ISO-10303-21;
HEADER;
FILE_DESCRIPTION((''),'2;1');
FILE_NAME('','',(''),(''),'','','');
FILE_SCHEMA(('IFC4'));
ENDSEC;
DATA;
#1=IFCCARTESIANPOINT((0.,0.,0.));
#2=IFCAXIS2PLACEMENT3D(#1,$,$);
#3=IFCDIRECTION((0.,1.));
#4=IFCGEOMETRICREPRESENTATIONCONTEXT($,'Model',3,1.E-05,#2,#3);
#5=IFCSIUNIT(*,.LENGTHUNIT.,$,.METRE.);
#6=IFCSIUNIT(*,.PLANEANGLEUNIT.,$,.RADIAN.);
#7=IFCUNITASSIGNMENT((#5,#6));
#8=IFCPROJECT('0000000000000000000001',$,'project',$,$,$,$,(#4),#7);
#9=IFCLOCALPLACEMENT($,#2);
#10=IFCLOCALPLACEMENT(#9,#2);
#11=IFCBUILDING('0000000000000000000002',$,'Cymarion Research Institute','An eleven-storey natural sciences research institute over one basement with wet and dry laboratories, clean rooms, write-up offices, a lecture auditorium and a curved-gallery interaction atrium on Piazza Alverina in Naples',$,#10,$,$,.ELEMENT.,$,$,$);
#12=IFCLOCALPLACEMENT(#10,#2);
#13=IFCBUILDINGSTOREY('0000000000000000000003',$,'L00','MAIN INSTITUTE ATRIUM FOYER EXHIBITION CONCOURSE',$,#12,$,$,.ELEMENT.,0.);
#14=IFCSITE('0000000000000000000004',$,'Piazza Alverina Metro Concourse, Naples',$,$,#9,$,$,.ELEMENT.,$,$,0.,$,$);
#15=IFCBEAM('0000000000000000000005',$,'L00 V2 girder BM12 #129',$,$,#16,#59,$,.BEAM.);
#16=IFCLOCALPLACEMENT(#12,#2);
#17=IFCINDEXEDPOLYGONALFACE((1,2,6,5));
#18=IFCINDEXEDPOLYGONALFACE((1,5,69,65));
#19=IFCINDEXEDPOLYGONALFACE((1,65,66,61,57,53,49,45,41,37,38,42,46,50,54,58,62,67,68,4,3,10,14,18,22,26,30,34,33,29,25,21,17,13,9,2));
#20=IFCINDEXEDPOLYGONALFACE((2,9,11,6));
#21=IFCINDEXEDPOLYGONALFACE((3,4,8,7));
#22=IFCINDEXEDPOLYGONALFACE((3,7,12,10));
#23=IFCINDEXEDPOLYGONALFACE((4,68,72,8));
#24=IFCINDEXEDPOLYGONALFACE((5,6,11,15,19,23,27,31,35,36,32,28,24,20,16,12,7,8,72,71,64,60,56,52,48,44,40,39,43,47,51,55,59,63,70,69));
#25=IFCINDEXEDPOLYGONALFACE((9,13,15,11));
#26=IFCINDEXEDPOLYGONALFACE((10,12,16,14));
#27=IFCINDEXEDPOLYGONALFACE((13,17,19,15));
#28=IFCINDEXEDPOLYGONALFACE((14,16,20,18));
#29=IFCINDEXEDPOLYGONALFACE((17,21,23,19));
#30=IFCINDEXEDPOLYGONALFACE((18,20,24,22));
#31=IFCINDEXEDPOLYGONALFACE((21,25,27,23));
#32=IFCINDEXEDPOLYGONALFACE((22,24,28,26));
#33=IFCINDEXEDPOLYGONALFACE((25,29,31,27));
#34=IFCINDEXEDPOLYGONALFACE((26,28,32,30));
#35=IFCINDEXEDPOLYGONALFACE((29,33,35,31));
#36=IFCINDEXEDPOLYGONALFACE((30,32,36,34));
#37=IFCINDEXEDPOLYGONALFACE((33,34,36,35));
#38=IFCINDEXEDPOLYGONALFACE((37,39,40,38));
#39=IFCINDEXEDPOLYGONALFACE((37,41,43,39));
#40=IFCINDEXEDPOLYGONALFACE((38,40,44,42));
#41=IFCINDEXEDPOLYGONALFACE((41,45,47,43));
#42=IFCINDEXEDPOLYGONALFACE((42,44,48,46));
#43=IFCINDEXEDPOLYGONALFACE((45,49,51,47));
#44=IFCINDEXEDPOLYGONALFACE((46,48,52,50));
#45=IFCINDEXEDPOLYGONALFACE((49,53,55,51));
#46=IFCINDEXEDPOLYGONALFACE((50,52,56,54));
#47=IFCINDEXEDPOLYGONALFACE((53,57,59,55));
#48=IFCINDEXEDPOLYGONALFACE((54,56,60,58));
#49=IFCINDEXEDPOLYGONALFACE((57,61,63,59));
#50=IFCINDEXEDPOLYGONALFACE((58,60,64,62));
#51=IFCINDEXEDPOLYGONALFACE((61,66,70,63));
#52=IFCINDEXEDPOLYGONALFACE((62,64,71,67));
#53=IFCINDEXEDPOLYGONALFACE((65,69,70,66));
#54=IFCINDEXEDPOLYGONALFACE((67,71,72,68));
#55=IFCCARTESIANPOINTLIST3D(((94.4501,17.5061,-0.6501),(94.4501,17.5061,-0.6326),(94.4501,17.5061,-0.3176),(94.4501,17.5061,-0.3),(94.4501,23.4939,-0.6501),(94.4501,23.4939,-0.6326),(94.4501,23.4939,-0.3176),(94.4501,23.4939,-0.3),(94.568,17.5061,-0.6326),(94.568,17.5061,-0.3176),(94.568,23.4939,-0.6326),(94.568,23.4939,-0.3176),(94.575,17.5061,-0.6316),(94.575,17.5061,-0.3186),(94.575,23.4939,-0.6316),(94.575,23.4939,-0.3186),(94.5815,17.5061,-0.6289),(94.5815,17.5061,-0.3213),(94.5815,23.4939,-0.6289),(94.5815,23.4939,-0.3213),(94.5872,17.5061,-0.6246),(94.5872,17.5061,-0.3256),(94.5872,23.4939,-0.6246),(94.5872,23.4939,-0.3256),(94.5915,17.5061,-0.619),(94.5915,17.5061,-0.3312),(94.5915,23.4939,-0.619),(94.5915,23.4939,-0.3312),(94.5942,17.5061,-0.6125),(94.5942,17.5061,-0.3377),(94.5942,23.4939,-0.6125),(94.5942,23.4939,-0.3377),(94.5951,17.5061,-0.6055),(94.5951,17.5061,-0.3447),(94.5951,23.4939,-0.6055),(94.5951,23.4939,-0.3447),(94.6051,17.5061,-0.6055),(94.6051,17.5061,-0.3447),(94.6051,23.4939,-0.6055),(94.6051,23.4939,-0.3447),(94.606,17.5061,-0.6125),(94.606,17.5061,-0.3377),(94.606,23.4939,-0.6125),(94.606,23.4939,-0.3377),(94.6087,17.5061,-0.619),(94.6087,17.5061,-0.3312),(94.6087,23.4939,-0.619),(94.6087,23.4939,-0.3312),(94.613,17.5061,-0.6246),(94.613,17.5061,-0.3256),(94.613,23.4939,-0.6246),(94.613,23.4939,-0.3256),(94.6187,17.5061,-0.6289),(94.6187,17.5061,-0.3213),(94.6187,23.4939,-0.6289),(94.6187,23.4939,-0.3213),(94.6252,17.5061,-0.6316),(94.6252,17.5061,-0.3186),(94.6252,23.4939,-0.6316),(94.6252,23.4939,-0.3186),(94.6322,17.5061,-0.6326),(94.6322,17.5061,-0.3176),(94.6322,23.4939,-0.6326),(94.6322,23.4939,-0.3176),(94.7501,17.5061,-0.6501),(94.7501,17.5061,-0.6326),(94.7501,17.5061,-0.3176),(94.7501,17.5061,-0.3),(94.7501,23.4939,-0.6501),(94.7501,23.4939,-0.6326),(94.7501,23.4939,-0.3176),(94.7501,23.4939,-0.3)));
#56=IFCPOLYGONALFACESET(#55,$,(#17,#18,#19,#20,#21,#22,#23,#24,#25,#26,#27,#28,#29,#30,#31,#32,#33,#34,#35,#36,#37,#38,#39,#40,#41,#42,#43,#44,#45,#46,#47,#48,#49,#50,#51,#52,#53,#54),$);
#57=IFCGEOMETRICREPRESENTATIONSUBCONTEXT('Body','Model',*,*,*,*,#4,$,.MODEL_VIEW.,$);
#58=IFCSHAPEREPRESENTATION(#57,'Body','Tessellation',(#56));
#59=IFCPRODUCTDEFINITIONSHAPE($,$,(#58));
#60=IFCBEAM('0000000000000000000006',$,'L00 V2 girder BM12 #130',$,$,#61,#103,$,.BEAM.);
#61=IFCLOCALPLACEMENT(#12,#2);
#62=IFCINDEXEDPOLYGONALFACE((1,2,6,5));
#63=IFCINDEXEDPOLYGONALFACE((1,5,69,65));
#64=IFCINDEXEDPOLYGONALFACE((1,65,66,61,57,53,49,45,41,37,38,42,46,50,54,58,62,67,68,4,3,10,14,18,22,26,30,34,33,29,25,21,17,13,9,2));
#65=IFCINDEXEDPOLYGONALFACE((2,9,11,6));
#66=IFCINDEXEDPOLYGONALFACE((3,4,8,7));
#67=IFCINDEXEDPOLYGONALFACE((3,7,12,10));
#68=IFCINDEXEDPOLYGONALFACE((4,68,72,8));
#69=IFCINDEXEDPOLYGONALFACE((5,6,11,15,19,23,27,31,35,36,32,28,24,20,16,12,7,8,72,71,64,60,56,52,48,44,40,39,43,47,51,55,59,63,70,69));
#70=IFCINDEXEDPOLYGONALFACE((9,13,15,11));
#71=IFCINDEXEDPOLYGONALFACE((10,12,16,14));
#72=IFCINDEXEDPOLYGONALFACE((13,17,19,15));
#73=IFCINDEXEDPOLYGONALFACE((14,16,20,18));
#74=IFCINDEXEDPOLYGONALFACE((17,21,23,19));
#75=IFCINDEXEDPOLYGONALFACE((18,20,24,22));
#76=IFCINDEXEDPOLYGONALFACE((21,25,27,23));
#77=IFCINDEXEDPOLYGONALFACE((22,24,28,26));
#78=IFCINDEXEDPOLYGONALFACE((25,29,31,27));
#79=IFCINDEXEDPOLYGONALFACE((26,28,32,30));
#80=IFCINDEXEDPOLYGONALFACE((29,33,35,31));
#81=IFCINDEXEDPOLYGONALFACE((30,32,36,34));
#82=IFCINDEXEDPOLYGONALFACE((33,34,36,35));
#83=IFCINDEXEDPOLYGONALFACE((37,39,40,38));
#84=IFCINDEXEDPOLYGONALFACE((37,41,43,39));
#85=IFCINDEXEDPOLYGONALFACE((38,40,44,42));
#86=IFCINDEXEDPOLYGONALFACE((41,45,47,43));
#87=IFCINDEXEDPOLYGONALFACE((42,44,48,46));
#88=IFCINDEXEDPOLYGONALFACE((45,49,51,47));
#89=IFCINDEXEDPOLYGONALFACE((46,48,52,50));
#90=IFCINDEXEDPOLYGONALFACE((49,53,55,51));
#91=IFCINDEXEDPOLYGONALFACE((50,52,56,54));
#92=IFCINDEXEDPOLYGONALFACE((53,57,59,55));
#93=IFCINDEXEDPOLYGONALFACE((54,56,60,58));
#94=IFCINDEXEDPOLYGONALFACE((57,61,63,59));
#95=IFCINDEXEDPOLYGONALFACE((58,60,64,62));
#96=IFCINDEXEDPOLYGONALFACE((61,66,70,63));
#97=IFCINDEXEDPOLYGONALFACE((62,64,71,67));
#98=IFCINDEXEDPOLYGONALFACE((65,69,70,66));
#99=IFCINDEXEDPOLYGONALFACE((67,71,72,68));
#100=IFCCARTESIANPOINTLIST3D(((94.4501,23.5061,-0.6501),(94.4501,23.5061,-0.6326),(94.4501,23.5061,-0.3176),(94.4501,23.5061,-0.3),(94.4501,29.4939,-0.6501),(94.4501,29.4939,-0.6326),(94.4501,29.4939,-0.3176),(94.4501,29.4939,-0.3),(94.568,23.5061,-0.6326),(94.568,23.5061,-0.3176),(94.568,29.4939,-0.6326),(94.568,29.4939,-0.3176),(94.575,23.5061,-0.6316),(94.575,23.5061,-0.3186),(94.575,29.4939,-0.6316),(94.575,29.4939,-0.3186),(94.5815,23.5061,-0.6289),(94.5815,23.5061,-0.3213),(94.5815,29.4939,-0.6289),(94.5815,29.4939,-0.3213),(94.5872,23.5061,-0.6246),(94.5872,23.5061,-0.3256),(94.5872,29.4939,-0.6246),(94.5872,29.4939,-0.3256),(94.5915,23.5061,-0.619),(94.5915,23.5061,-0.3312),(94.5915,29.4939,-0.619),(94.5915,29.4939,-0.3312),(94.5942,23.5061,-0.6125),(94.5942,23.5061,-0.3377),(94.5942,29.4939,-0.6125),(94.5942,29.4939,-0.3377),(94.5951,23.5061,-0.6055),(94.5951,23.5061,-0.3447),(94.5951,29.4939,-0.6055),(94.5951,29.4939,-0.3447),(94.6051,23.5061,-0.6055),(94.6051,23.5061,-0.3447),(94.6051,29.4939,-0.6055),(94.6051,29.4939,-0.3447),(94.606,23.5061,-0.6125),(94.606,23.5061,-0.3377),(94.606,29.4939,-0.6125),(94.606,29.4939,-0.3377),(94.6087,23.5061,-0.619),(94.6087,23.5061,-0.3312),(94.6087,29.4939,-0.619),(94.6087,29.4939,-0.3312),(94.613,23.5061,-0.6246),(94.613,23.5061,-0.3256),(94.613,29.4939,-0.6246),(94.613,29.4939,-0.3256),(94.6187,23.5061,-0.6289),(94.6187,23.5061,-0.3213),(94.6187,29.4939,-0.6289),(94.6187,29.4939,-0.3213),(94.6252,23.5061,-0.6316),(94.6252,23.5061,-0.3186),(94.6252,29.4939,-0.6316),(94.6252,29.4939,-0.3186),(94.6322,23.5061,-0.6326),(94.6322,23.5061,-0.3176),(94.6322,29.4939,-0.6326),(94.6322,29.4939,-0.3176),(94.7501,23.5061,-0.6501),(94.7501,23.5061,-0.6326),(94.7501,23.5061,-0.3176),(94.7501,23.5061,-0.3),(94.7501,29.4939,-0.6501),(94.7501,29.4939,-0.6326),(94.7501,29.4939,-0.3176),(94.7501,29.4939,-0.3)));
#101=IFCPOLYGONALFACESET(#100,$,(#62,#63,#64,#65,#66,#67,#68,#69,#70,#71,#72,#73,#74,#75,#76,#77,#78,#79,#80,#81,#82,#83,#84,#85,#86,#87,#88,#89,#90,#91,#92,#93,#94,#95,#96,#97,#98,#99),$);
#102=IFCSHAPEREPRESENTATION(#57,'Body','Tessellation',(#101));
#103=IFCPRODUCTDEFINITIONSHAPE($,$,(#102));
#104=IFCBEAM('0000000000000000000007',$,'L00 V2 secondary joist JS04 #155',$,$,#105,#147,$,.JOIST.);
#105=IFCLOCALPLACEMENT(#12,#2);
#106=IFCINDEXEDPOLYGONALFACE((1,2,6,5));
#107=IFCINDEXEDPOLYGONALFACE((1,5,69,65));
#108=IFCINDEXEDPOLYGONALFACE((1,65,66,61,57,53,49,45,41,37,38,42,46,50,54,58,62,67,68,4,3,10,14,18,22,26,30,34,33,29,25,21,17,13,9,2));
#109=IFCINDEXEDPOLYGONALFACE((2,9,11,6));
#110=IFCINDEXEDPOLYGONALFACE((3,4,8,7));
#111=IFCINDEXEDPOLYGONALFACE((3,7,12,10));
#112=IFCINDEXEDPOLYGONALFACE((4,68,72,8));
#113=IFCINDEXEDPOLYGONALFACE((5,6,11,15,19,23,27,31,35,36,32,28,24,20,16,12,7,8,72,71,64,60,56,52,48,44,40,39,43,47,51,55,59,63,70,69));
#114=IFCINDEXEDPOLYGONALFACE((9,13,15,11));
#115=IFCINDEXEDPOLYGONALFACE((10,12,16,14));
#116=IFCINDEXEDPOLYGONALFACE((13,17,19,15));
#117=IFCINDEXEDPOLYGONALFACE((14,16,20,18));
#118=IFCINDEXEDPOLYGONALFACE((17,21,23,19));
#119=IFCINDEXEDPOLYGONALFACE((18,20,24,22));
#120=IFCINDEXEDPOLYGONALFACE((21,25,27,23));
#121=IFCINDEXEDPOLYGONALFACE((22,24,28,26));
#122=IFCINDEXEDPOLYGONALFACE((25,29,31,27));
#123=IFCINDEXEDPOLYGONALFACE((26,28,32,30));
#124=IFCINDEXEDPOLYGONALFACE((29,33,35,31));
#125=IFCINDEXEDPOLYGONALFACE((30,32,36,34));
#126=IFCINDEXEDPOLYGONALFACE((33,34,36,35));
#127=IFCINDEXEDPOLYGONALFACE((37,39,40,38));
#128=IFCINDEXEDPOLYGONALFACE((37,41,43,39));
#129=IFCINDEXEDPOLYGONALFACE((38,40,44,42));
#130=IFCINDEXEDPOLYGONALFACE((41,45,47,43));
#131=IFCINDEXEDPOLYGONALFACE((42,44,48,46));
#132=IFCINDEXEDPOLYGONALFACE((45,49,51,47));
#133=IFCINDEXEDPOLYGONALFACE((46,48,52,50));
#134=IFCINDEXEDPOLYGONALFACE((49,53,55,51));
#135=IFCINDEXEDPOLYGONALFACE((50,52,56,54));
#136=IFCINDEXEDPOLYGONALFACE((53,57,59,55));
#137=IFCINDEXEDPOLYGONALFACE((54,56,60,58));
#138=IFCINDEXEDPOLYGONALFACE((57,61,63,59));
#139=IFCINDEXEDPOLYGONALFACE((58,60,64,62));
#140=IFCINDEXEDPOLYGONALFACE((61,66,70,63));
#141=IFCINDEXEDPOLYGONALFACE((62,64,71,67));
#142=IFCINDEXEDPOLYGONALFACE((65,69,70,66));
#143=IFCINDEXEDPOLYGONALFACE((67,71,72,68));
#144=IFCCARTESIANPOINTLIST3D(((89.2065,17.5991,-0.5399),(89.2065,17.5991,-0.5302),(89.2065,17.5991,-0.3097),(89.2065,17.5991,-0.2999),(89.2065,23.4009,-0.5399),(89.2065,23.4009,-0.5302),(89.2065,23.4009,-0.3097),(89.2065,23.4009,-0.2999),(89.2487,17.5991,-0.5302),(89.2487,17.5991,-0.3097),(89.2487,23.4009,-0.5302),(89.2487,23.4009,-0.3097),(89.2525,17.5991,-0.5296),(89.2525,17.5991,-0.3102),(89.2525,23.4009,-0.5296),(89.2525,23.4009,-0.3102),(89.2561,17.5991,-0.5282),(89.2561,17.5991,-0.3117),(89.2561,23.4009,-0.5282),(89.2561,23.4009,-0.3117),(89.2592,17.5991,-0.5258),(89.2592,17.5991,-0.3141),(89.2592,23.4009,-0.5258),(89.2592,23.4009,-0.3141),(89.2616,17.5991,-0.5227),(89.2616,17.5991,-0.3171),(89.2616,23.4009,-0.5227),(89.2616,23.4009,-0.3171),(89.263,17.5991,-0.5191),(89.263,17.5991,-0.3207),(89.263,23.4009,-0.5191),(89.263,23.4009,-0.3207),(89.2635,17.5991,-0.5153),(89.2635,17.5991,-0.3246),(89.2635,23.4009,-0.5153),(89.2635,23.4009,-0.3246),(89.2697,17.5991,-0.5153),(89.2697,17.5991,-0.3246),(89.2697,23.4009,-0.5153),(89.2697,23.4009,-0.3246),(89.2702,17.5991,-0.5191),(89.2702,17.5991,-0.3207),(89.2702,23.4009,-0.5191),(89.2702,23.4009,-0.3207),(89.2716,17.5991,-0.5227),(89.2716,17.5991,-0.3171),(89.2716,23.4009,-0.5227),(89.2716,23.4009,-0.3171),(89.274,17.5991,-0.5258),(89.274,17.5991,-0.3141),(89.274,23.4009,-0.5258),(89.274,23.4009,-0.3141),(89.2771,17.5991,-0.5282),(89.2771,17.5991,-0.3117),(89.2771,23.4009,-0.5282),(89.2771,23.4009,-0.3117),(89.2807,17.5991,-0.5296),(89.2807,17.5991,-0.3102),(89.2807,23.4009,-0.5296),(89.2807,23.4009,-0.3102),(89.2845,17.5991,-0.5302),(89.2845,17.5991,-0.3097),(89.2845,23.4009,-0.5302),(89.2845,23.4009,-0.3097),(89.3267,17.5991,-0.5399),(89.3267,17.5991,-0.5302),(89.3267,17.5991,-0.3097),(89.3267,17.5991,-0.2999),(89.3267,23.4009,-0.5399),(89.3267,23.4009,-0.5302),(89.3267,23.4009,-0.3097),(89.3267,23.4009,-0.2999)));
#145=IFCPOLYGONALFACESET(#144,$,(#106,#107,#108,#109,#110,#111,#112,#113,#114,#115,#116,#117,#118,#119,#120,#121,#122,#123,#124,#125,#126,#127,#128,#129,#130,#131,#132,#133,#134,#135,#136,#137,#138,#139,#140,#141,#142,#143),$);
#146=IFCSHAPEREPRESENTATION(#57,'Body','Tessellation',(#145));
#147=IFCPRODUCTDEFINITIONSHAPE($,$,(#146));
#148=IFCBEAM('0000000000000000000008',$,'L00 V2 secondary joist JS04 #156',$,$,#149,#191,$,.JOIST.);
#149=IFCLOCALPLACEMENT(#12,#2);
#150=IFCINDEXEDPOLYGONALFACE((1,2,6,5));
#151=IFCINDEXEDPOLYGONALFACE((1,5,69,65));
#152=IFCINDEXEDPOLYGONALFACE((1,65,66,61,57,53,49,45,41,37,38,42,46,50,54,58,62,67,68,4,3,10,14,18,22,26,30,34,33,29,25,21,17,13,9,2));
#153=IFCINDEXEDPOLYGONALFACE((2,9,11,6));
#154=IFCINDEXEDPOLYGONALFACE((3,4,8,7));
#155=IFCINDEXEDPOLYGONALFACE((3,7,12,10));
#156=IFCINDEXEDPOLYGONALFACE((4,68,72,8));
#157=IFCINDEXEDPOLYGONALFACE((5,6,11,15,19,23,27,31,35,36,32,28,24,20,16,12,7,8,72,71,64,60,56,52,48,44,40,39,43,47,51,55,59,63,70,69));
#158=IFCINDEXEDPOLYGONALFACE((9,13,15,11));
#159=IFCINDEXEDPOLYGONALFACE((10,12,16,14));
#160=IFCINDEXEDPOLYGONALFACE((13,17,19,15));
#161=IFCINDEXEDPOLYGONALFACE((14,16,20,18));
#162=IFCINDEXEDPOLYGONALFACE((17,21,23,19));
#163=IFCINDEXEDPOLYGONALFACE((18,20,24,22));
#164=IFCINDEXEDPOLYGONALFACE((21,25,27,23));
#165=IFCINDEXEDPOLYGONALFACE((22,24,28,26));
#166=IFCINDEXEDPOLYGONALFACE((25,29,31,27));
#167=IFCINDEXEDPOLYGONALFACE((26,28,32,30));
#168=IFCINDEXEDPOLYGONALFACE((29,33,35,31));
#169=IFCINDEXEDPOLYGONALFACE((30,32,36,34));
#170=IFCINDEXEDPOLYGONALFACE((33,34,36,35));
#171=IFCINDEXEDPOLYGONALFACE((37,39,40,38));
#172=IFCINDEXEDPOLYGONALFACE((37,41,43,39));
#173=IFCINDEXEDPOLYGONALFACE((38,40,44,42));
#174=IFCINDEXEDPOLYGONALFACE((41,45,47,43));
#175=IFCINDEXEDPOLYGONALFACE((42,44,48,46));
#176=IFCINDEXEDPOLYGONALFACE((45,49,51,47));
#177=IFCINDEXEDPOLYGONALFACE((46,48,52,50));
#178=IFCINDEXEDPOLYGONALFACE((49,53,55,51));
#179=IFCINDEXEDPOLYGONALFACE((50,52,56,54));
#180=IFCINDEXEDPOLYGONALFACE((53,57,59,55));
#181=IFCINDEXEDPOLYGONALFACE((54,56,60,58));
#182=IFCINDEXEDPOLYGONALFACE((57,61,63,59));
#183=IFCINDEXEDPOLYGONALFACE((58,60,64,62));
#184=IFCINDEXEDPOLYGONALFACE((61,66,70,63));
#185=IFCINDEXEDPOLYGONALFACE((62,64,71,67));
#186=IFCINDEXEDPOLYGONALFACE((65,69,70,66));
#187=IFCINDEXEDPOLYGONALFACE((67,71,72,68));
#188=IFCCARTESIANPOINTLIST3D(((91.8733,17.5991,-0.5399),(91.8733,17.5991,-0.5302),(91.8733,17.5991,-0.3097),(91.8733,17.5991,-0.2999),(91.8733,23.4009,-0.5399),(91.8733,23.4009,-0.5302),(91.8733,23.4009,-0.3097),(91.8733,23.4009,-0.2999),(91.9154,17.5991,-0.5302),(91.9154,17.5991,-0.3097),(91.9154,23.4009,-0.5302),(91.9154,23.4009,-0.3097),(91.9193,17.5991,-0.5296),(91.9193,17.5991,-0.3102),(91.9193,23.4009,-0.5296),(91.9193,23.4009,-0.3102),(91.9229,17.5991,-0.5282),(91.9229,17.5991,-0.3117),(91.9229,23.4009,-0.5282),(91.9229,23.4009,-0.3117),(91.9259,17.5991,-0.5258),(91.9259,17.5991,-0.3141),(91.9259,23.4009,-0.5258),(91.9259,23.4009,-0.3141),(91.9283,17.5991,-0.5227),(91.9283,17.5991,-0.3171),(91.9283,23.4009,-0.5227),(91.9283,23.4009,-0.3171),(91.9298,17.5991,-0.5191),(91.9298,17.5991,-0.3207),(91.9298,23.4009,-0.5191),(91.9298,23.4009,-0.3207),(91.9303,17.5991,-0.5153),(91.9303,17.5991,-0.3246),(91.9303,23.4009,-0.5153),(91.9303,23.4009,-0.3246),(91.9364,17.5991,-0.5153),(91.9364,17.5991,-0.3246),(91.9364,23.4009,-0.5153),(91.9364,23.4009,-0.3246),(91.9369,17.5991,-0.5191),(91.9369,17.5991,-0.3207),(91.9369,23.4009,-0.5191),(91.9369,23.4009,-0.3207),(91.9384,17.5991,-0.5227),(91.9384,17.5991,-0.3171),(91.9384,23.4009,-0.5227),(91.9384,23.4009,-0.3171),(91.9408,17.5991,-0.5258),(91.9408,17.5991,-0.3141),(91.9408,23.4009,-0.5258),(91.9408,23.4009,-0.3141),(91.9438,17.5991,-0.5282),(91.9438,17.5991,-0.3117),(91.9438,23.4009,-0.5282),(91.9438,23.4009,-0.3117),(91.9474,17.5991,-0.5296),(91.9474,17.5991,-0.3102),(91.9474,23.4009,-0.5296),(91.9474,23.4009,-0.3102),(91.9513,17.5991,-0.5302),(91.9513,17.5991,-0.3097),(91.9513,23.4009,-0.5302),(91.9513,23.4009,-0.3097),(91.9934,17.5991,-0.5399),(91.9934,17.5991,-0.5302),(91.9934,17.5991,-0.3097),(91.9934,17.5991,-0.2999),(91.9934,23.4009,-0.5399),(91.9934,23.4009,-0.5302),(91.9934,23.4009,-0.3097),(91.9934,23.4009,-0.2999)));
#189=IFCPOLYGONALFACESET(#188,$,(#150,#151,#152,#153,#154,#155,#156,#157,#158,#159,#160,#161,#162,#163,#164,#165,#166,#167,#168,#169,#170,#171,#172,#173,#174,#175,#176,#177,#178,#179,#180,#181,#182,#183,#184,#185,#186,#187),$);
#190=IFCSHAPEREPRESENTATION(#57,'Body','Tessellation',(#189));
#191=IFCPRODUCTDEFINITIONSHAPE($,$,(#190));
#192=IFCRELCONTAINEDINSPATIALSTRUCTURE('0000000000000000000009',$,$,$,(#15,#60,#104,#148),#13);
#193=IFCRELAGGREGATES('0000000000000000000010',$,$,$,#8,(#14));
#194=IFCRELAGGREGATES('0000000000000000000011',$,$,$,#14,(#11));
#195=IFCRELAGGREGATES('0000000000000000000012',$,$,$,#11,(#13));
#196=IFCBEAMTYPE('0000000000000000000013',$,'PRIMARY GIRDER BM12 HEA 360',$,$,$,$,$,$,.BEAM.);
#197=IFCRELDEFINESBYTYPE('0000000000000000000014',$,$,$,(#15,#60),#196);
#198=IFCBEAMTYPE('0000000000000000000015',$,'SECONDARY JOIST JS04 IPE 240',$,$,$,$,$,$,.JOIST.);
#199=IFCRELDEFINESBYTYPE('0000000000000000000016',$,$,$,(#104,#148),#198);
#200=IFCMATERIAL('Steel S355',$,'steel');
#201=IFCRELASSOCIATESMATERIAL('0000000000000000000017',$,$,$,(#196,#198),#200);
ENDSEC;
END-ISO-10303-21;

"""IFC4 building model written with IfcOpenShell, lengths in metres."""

from ifc_helpers import new_model, si_unit, direction, frame, origin, origin_2d, place, context, subcontext, project, spatial, i_section, extrude, material, material_profile, profile_set, type_object, element, save


model = new_model("IFC4")

# Units and contexts
model_context = context("Model", 3, precision=1e-05, world=origin(), true_north=direction((0.0, 1.0)))
body_context = subcontext(model_context, "Body", "Model", "MODEL_VIEW")
ifc_project = project(units=[si_unit("LENGTHUNIT", "METRE"), si_unit("PLANEANGLEUNIT", "RADIAN")], contexts=[model_context])

# Site, building, storey
site_placement = place(None, origin())
site = spatial("IfcSite", under=ifc_project, at=site_placement, Name="Piazza Alverina Metro Concourse, Naples", CompositionType="ELEMENT", RefElevation=0.0)
building_placement = place(site_placement, origin())
building = spatial("IfcBuilding", under=site, at=building_placement, Name="Cymarion Research Institute", Description="An eleven-storey natural sciences research institute over one basement with wet and dry laboratories, clean rooms, write-up offices, a lecture auditorium and a curved-gallery interaction atrium on Piazza Alverina in Naples", CompositionType="ELEMENT")
storey_placement = place(building_placement, origin())
storey = spatial("IfcBuildingStorey", under=building, at=storey_placement, Name="L00", Description="MAIN INSTITUTE ATRIUM FOYER EXHIBITION CONCOURSE", CompositionType="ELEMENT", Elevation=0.0)

# Shared definitions
ifc_material_1 = material(Name="Steel S355", Category="steel")

# Beams
ifc_material_profile_1 = material_profile(ifc_material_1, i_section(OverallWidth=0.3, OverallDepth=0.3501, WebThickness=0.01, FlangeThickness=0.0176, FilletRadius=0.0271, at=origin_2d()), Name="HEA 360")
ifc_profile_set_1 = profile_set([ifc_material_profile_1], Name="Steel S355")
beam_type_1 = type_object("IfcBeamType", Name="PRIMARY GIRDER BM12 HEA 360", PredefinedType="BEAM", material=ifc_profile_set_1)
for number, where, z_axis, x_axis, name in (
    (1, (94.6001, 17.5061, -0.4751), (0.0, 1.0, 0.0), (-1.0, 0.0, 0.0), "L00 V2 girder BM12 #129"),
    (2, (94.6001, 23.5061, -0.4751), (0.0, 1.0, 0.0), (-1.0, 0.0, 0.0), "L00 V2 girder BM12 #130"),
):
    element("IfcBeam", number, at=place(storey_placement, frame(where, z_axis=z_axis, x_axis=x_axis)), inside=storey, type_object=beam_type_1, Name=name, PredefinedType="BEAM", context=body_context, shape_type="SweptSolid", body=[
        extrude(i_section(OverallWidth=0.3, OverallDepth=0.3501, WebThickness=0.01, FlangeThickness=0.0176, FilletRadius=0.0271, at=origin_2d()), origin(), (0.0, 0.0, 1.0), 5.9878),
    ])
ifc_material_profile_2 = material_profile(ifc_material_1, i_section(OverallWidth=0.1201, OverallDepth=0.24, WebThickness=0.0061, FlangeThickness=0.0098, FilletRadius=0.0149, at=origin_2d()), Name="IPE 240")
ifc_profile_set_2 = profile_set([ifc_material_profile_2], Name="Steel S355")
beam_type_2 = type_object("IfcBeamType", Name="SECONDARY JOIST JS04 IPE 240", PredefinedType="JOIST", material=ifc_profile_set_2)
for number, where, z_axis, x_axis, name in (
    (3, (89.2666, 17.5991, -0.4199), (0.0, 1.0, 0.0), (-1.0, 0.0, 0.0), "L00 V2 secondary joist JS04 #155"),
    (4, (91.9333, 17.5991, -0.4199), (0.0, 1.0, 0.0), (-1.0, 0.0, 0.0), "L00 V2 secondary joist JS04 #156"),
):
    element("IfcBeam", number, at=place(storey_placement, frame(where, z_axis=z_axis, x_axis=x_axis)), inside=storey, type_object=beam_type_2, Name=name, PredefinedType="JOIST", context=body_context, shape_type="SweptSolid", body=[
        extrude(i_section(OverallWidth=0.1201, OverallDepth=0.24, WebThickness=0.0061, FlangeThickness=0.0098, FilletRadius=0.0149, at=origin_2d()), origin(), (0.0, 0.0, 1.0), 5.8018),
    ])

save(model, "model.ifc")
